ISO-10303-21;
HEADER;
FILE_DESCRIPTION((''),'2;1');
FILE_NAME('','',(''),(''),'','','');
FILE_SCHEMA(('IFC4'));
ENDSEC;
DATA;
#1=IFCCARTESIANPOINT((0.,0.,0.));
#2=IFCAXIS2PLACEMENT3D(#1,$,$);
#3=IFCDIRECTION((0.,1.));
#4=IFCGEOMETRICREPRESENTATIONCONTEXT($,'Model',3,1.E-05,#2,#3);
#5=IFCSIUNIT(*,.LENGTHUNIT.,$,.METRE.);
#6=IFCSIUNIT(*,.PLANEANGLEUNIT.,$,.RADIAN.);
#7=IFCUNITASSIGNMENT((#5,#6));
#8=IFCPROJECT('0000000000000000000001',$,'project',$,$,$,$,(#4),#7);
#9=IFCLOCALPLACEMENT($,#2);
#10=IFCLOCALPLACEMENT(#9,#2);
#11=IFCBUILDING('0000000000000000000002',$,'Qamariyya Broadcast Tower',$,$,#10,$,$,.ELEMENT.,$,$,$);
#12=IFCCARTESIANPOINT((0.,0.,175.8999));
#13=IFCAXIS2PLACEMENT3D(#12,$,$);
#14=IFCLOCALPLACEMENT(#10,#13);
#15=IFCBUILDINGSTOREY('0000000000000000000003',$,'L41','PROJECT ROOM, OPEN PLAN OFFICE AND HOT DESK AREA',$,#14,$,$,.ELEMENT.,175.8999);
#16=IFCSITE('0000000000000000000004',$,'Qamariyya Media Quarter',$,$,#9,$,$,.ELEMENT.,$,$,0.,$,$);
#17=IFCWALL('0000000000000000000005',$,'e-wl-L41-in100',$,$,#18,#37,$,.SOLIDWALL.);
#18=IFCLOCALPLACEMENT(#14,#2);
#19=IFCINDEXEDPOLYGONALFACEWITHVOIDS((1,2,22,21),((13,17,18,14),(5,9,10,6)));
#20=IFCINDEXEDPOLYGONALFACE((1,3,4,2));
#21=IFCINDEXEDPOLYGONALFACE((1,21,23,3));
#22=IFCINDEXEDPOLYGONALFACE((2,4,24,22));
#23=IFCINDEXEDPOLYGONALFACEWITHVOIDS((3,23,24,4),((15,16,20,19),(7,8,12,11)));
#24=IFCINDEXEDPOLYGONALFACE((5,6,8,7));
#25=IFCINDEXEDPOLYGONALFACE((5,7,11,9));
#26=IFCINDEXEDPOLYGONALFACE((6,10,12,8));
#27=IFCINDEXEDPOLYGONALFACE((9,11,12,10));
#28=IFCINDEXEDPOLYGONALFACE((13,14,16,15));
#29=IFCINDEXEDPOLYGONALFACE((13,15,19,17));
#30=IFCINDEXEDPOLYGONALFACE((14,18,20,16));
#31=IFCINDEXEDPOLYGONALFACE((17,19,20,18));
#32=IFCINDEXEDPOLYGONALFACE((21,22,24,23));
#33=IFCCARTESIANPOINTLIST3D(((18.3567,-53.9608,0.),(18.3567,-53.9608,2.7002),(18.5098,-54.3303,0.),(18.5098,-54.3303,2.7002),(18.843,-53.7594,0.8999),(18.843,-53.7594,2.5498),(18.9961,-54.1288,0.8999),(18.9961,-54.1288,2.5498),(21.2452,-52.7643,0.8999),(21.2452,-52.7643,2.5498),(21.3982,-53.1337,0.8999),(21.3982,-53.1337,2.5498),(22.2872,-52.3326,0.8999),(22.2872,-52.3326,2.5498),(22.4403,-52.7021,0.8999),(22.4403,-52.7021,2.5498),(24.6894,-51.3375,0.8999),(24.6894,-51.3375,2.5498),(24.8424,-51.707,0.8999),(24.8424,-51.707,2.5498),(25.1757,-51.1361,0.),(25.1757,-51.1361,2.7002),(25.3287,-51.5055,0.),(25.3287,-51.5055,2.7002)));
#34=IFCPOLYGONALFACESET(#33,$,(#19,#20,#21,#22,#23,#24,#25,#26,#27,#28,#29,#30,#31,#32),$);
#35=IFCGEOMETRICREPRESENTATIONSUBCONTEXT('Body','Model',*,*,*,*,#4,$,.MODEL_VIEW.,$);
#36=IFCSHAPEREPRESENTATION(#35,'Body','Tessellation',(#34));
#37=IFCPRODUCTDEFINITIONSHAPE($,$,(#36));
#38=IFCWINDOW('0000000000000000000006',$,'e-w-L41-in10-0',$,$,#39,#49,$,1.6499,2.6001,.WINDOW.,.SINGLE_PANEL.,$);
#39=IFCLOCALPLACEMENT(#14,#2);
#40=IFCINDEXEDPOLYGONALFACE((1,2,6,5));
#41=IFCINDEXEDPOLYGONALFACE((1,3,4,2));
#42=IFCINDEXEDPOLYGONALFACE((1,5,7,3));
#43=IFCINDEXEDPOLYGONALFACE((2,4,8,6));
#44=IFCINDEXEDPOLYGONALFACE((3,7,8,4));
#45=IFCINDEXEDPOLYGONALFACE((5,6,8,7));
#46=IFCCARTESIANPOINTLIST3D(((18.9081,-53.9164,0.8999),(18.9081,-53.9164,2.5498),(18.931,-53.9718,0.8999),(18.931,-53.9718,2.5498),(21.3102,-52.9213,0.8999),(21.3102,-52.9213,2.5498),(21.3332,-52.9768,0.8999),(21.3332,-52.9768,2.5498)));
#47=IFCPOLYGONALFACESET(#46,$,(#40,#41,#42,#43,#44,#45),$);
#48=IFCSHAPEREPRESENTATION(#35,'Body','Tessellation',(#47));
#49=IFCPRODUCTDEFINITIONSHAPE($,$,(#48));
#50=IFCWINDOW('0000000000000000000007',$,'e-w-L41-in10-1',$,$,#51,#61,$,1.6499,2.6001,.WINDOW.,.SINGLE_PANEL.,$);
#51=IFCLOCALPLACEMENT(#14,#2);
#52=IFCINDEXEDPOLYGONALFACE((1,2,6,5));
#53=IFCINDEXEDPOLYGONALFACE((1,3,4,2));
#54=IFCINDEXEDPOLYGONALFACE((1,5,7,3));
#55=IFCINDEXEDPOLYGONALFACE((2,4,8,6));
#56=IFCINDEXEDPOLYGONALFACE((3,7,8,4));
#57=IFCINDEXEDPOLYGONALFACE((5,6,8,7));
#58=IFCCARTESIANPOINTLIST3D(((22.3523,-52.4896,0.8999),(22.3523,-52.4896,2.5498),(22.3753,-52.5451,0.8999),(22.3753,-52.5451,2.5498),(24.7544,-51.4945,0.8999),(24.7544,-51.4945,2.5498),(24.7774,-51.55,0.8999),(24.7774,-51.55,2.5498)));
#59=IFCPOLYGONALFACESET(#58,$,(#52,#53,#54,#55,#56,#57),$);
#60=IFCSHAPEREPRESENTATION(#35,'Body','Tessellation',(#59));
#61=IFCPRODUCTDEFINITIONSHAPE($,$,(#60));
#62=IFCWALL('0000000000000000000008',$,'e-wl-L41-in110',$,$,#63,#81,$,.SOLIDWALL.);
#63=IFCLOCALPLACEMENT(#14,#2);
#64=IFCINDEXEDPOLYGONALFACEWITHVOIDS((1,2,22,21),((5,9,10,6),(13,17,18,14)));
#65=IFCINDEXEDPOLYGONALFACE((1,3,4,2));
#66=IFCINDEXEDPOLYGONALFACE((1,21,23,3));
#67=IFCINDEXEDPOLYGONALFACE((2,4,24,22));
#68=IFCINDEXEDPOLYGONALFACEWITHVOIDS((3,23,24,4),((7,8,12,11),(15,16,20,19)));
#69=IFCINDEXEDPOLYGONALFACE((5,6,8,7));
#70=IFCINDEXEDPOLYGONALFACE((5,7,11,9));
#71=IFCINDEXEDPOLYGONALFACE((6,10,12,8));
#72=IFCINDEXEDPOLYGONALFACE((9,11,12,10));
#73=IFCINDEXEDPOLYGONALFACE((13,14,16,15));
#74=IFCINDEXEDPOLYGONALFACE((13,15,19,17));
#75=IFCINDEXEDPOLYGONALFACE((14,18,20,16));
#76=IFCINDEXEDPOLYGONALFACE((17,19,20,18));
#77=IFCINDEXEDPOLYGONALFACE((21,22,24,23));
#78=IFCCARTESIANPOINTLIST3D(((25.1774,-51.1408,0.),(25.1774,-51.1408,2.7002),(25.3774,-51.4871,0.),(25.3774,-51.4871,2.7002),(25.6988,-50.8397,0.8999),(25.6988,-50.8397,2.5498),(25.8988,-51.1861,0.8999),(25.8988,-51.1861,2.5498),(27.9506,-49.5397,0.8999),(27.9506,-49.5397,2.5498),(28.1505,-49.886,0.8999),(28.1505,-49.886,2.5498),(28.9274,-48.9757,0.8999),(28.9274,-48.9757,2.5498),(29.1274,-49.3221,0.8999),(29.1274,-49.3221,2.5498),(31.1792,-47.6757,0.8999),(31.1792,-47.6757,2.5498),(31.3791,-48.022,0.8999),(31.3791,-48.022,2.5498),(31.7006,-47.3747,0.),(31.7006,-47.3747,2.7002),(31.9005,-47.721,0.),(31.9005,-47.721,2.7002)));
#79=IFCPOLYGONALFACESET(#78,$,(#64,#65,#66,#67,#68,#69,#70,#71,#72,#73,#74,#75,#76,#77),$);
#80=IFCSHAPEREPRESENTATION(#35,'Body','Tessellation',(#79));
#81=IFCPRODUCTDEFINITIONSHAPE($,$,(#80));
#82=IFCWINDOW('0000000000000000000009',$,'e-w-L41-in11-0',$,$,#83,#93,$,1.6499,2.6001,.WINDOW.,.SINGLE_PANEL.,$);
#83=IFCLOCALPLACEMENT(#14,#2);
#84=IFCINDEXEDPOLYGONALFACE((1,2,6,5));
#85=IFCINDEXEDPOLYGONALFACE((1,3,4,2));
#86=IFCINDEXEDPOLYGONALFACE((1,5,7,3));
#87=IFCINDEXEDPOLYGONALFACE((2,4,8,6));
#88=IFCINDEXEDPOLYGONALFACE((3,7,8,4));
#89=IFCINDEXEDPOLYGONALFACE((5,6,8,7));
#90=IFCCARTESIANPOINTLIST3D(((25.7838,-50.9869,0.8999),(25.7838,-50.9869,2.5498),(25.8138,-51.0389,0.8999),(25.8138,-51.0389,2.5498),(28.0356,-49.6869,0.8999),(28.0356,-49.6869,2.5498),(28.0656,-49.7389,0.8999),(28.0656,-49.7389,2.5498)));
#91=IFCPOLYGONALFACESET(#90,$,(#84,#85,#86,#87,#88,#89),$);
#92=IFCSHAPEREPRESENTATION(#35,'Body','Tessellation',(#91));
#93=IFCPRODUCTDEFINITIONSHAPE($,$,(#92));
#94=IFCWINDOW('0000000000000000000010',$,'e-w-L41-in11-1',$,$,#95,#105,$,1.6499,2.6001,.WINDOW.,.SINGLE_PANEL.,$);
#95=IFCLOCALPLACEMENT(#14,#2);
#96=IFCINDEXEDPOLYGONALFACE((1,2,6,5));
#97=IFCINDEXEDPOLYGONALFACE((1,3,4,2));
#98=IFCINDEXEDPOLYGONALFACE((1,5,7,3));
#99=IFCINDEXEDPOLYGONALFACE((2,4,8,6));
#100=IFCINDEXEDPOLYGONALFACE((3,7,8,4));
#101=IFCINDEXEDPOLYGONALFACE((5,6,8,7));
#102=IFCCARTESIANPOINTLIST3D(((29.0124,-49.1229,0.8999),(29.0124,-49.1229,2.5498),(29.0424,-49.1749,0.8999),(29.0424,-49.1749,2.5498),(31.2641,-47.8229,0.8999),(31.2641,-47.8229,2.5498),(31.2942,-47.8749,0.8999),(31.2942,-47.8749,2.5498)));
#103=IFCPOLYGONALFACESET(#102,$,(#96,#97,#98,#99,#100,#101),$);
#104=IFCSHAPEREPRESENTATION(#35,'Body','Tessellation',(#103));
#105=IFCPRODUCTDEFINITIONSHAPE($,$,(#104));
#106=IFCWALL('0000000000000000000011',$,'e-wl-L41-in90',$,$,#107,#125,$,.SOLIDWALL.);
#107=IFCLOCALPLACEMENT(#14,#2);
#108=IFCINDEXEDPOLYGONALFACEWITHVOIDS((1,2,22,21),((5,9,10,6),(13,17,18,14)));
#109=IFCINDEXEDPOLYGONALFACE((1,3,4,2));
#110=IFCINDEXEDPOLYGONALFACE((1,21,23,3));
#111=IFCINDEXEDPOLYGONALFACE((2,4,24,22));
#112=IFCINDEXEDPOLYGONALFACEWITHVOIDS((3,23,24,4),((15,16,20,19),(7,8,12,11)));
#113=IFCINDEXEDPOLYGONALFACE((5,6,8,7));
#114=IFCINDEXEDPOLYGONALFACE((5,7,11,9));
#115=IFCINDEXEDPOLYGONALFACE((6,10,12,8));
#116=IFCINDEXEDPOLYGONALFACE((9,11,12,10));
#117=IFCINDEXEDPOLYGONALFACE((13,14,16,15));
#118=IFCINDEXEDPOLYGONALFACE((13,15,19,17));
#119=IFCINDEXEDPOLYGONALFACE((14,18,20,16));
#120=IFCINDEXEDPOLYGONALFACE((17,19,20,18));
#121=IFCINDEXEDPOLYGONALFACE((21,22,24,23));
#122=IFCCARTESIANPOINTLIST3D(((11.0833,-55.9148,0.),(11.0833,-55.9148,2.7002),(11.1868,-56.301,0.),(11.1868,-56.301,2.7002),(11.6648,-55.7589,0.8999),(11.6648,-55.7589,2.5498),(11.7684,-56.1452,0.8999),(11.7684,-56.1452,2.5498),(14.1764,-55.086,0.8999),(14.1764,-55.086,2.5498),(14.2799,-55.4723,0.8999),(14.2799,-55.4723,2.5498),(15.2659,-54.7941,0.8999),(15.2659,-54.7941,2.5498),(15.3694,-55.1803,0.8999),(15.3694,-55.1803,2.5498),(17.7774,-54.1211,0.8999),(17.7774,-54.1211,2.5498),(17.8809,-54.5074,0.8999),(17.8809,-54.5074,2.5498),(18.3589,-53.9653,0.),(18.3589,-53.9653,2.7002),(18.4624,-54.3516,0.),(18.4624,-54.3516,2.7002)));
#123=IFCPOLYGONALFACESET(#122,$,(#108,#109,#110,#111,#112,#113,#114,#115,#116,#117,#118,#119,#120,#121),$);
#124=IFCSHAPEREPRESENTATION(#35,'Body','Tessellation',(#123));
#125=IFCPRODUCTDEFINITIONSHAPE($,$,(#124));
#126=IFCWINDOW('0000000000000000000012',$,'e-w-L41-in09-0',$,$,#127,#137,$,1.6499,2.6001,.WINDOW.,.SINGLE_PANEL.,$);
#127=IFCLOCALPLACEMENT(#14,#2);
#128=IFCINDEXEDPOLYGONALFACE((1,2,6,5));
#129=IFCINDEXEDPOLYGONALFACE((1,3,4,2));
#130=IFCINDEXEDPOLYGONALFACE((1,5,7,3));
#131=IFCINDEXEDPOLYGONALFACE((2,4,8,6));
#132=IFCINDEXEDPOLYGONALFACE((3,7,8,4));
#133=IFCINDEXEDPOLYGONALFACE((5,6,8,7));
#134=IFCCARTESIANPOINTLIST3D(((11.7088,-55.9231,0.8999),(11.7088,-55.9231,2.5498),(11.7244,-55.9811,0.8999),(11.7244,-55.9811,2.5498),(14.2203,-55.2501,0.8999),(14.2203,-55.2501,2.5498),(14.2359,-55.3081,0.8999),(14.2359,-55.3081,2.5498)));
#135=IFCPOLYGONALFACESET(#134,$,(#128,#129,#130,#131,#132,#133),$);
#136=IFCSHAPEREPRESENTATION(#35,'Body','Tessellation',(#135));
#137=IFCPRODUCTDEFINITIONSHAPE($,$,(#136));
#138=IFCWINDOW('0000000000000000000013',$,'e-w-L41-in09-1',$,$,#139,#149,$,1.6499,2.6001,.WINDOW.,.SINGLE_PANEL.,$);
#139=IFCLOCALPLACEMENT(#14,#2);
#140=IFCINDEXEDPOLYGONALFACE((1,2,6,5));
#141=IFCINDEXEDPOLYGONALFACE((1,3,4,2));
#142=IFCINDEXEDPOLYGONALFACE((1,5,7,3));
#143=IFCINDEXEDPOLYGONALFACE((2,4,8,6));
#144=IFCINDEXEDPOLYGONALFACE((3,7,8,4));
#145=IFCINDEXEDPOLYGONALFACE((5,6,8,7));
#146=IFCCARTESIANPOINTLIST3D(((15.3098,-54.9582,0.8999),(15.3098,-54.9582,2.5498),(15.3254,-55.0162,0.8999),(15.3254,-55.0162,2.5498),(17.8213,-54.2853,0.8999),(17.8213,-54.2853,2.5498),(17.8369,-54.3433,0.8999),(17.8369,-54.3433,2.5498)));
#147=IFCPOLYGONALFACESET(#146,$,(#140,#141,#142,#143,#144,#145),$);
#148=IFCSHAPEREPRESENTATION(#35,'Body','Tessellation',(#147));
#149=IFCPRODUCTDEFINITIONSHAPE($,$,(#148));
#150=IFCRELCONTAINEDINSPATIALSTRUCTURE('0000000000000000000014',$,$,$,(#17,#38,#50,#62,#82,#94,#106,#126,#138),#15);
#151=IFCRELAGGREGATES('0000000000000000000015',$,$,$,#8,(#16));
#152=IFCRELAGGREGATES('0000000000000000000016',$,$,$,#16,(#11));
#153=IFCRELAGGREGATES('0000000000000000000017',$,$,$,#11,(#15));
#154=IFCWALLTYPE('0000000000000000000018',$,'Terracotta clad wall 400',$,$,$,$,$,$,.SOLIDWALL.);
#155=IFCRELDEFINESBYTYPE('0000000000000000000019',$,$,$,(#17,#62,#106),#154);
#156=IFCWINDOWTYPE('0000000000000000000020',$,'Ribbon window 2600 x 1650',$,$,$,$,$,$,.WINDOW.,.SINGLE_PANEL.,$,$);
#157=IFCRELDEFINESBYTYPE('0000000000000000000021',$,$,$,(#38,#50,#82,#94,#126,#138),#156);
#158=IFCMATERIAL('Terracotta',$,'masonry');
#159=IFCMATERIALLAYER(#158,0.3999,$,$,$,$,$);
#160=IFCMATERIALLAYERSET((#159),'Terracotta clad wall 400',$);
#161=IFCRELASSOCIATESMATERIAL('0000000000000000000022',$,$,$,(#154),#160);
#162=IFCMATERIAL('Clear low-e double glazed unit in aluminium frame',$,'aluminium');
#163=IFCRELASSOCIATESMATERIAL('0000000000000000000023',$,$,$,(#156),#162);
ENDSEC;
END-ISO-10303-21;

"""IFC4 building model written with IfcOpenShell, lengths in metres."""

from ifc_helpers import new_model, si_unit, direction, frame, frame_2d, origin, place, context, subcontext, project, spatial, rectangle, extrude, material, layer, layer_set, type_object, element, fill, save


model = new_model("IFC4")

# Units and contexts
model_context = context("Model", 3, precision=1e-05, world=origin(), true_north=direction((0.0, 1.0)))
body_context = subcontext(model_context, "Body", "Model", "MODEL_VIEW")
ifc_project = project(units=[si_unit("LENGTHUNIT", "METRE"), si_unit("PLANEANGLEUNIT", "RADIAN")], contexts=[model_context])

# Site, building, storey
site_placement = place(None, origin())
site = spatial("IfcSite", under=ifc_project, at=site_placement, Name="Qamariyya Media Quarter", CompositionType="ELEMENT", RefElevation=0.0)
building_placement = place(site_placement, origin())
building = spatial("IfcBuilding", under=site, at=building_placement, Name="Qamariyya Broadcast Tower", CompositionType="ELEMENT")
storey_placement = place(building_placement, frame((0.0, 0.0, 175.8999)))
storey = spatial("IfcBuildingStorey", under=building, at=storey_placement, Name="L41", Description="PROJECT ROOM, OPEN PLAN OFFICE AND HOT DESK AREA", CompositionType="ELEMENT", Elevation=175.8999)

# Walls, openings, windows
ifc_material_1 = material(Name="Terracotta", Category="masonry")
ifc_layer_1 = layer(ifc_material_1, 0.3999)
ifc_layer_set_1 = layer_set([ifc_layer_1], Name="Terracotta clad wall 400")
wall_type_1 = type_object("IfcWallType", Name="Terracotta clad wall 400", PredefinedType="SOLIDWALL", material=ifc_layer_set_1)
wall_1_placement = place(storey_placement, frame((25.2522, -51.3208, 0.0), z_axis=(0.0, 0.0, 1.0), x_axis=(-0.923868, -0.382712, 0.0)))
wall_1 = element("IfcWall", 1, at=wall_1_placement, inside=storey, type_object=wall_type_1, Name="e-wl-L41-in100", PredefinedType="SOLIDWALL", context=body_context, shape_type="SweptSolid", body=[
    extrude(rectangle(XDim=7.3809, YDim=0.3999, at=frame_2d((3.6904, 0.0))), origin(), (0.0, 0.0, 1.0), 2.7002),
])
opening_1_placement = place(wall_1_placement, frame((4.2544, 0.0, 0.8999)))
opening_1 = element("IfcOpeningElement", 2, at=opening_1_placement, cuts=wall_1, PredefinedType="OPENING", context=body_context, shape_type="SweptSolid", body=[
    extrude(rectangle(XDim=2.6001, YDim=1.6499, at=frame_2d((1.3, 0.825))), frame((0.0, 0.21, 0.0), z_axis=(0.0, -1.0, 0.0), x_axis=(1.0, 0.0, 0.0)), (0.0, 0.0, 1.0), 0.4199),
])
opening_2_placement = place(wall_1_placement, frame((0.5264, 0.0, 0.8999)))
opening_2 = element("IfcOpeningElement", 3, at=opening_2_placement, cuts=wall_1, PredefinedType="OPENING", context=body_context, shape_type="SweptSolid", body=[
    extrude(rectangle(XDim=2.6001, YDim=1.6499, at=frame_2d((1.3, 0.825))), frame((0.0, 0.21, 0.0), z_axis=(0.0, -1.0, 0.0), x_axis=(1.0, 0.0, 0.0)), (0.0, 0.0, 1.0), 0.4199),
])
ifc_material_2 = material(Name="Clear low-e double glazed unit in aluminium frame", Category="aluminium")
window_type = type_object("IfcWindowType", Name="Ribbon window 2600 x 1650", PartitioningType="SINGLE_PANEL", PredefinedType="WINDOW", material=ifc_material_2)
window_1_placement = place(opening_1_placement, origin())
window_1 = element("IfcWindow", 4, at=window_1_placement, inside=storey, type_object=window_type, Name="e-w-L41-in10-0", OverallHeight=1.6499, OverallWidth=2.6001, PartitioningType="SINGLE_PANEL", PredefinedType="WINDOW", context=body_context, shape_type="SweptSolid", body=[
    extrude(rectangle(XDim=2.6001, YDim=1.6499, at=frame_2d((1.3, 0.825))), frame((0.0, 0.03, 0.0), z_axis=(0.0, -1.0, 0.0), x_axis=(1.0, 0.0, 0.0)), (0.0, 0.0, 1.0), 0.0601),
])
fill(opening_1, window_1)
window_2_placement = place(opening_2_placement, origin())
window_2 = element("IfcWindow", 5, at=window_2_placement, inside=storey, type_object=window_type, Name="e-w-L41-in10-1", OverallHeight=1.6499, OverallWidth=2.6001, PartitioningType="SINGLE_PANEL", PredefinedType="WINDOW", context=body_context, shape_type="SweptSolid", body=[
    extrude(rectangle(XDim=2.6001, YDim=1.6499, at=frame_2d((1.3, 0.825))), frame((0.0, 0.03, 0.0), z_axis=(0.0, -1.0, 0.0), x_axis=(1.0, 0.0, 0.0)), (0.0, 0.0, 1.0), 0.0601),
])
fill(opening_2, window_2)
wall_2_placement = place(storey_placement, frame((31.8005, -47.5479, 0.0), z_axis=(0.0, 0.0, 1.0), x_axis=(-0.866029, -0.499995, 0.0)))
wall_2 = element("IfcWall", 6, at=wall_2_placement, inside=storey, type_object=wall_type_1, Name="e-wl-L41-in110", PredefinedType="SOLIDWALL", context=body_context, shape_type="SweptSolid", body=[
    extrude(rectangle(XDim=7.5322, YDim=0.3999, at=frame_2d((3.7661, 0.0))), origin(), (0.0, 0.0, 1.0), 2.7002),
])
opening_3_placement = place(wall_2_placement, frame((4.3301, 0.0, 0.8999)))
opening_3 = element("IfcOpeningElement", 7, at=opening_3_placement, cuts=wall_2, PredefinedType="OPENING", context=body_context, shape_type="SweptSolid", body=[
    extrude(rectangle(XDim=2.6001, YDim=1.6499, at=frame_2d((1.3, 0.825))), frame((0.0, 0.21, 0.0), z_axis=(0.0, -1.0, 0.0), x_axis=(1.0, 0.0, 0.0)), (0.0, 0.0, 1.0), 0.4199),
])
opening_4_placement = place(wall_2_placement, frame((0.6021, 0.0, 0.8999)))
opening_4 = element("IfcOpeningElement", 8, at=opening_4_placement, cuts=wall_2, PredefinedType="OPENING", context=body_context, shape_type="SweptSolid", body=[
    extrude(rectangle(XDim=2.6001, YDim=1.6499, at=frame_2d((1.3, 0.825))), frame((0.0, 0.21, 0.0), z_axis=(0.0, -1.0, 0.0), x_axis=(1.0, 0.0, 0.0)), (0.0, 0.0, 1.0), 0.4199),
])
window_3_placement = place(opening_3_placement, origin())
window_3 = element("IfcWindow", 9, at=window_3_placement, inside=storey, type_object=window_type, Name="e-w-L41-in11-0", OverallHeight=1.6499, OverallWidth=2.6001, PartitioningType="SINGLE_PANEL", PredefinedType="WINDOW", context=body_context, shape_type="SweptSolid", body=[
    extrude(rectangle(XDim=2.6001, YDim=1.6499, at=frame_2d((1.3, 0.825))), frame((0.0, 0.03, 0.0), z_axis=(0.0, -1.0, 0.0), x_axis=(1.0, 0.0, 0.0)), (0.0, 0.0, 1.0), 0.0601),
])
fill(opening_3, window_3)
window_4_placement = place(opening_4_placement, origin())
window_4 = element("IfcWindow", 10, at=window_4_placement, inside=storey, type_object=window_type, Name="e-w-L41-in11-1", OverallHeight=1.6499, OverallWidth=2.6001, PartitioningType="SINGLE_PANEL", PredefinedType="WINDOW", context=body_context, shape_type="SweptSolid", body=[
    extrude(rectangle(XDim=2.6001, YDim=1.6499, at=frame_2d((1.3, 0.825))), frame((0.0, 0.03, 0.0), z_axis=(0.0, -1.0, 0.0), x_axis=(1.0, 0.0, 0.0)), (0.0, 0.0, 1.0), 0.0601),
])
fill(opening_4, window_4)
wall_3_placement = place(storey_placement, frame((18.4106, -54.1584, 0.0), z_axis=(0.0, 0.0, 1.0), x_axis=(-0.965927, -0.258814, 0.0)))
wall_3 = element("IfcWall", 11, at=wall_3_placement, inside=storey, type_object=wall_type_1, Name="e-wl-L41-in90", PredefinedType="SOLIDWALL", context=body_context, shape_type="SweptSolid", body=[
    extrude(rectangle(XDim=7.5322, YDim=0.3999, at=frame_2d((3.7661, 0.0))), origin(), (0.0, 0.0, 1.0), 2.7002),
])
opening_5_placement = place(wall_3_placement, frame((4.3301, 0.0, 0.8999)))
opening_5 = element("IfcOpeningElement", 12, at=opening_5_placement, cuts=wall_3, PredefinedType="OPENING", context=body_context, shape_type="SweptSolid", body=[
    extrude(rectangle(XDim=2.6001, YDim=1.6499, at=frame_2d((1.3, 0.825))), frame((0.0, 0.21, 0.0), z_axis=(0.0, -1.0, 0.0), x_axis=(1.0, 0.0, 0.0)), (0.0, 0.0, 1.0), 0.4199),
])
opening_6_placement = place(wall_3_placement, frame((0.6021, 0.0, 0.8999)))
opening_6 = element("IfcOpeningElement", 13, at=opening_6_placement, cuts=wall_3, PredefinedType="OPENING", context=body_context, shape_type="SweptSolid", body=[
    extrude(rectangle(XDim=2.6001, YDim=1.6499, at=frame_2d((1.3, 0.825))), frame((0.0, 0.21, 0.0), z_axis=(0.0, -1.0, 0.0), x_axis=(1.0, 0.0, 0.0)), (0.0, 0.0, 1.0), 0.4199),
])
window_5_placement = place(opening_5_placement, origin())
window_5 = element("IfcWindow", 14, at=window_5_placement, inside=storey, type_object=window_type, Name="e-w-L41-in09-0", OverallHeight=1.6499, OverallWidth=2.6001, PartitioningType="SINGLE_PANEL", PredefinedType="WINDOW", context=body_context, shape_type="SweptSolid", body=[
    extrude(rectangle(XDim=2.6001, YDim=1.6499, at=frame_2d((1.3, 0.825))), frame((0.0, 0.03, 0.0), z_axis=(0.0, -1.0, 0.0), x_axis=(1.0, 0.0, 0.0)), (0.0, 0.0, 1.0), 0.0601),
])
fill(opening_5, window_5)
window_6_placement = place(opening_6_placement, origin())
window_6 = element("IfcWindow", 15, at=window_6_placement, inside=storey, type_object=window_type, Name="e-w-L41-in09-1", OverallHeight=1.6499, OverallWidth=2.6001, PartitioningType="SINGLE_PANEL", PredefinedType="WINDOW", context=body_context, shape_type="SweptSolid", body=[
    extrude(rectangle(XDim=2.6001, YDim=1.6499, at=frame_2d((1.3, 0.825))), frame((0.0, 0.03, 0.0), z_axis=(0.0, -1.0, 0.0), x_axis=(1.0, 0.0, 0.0)), (0.0, 0.0, 1.0), 0.0601),
])
fill(opening_6, window_6)

save(model, "model.ifc")
